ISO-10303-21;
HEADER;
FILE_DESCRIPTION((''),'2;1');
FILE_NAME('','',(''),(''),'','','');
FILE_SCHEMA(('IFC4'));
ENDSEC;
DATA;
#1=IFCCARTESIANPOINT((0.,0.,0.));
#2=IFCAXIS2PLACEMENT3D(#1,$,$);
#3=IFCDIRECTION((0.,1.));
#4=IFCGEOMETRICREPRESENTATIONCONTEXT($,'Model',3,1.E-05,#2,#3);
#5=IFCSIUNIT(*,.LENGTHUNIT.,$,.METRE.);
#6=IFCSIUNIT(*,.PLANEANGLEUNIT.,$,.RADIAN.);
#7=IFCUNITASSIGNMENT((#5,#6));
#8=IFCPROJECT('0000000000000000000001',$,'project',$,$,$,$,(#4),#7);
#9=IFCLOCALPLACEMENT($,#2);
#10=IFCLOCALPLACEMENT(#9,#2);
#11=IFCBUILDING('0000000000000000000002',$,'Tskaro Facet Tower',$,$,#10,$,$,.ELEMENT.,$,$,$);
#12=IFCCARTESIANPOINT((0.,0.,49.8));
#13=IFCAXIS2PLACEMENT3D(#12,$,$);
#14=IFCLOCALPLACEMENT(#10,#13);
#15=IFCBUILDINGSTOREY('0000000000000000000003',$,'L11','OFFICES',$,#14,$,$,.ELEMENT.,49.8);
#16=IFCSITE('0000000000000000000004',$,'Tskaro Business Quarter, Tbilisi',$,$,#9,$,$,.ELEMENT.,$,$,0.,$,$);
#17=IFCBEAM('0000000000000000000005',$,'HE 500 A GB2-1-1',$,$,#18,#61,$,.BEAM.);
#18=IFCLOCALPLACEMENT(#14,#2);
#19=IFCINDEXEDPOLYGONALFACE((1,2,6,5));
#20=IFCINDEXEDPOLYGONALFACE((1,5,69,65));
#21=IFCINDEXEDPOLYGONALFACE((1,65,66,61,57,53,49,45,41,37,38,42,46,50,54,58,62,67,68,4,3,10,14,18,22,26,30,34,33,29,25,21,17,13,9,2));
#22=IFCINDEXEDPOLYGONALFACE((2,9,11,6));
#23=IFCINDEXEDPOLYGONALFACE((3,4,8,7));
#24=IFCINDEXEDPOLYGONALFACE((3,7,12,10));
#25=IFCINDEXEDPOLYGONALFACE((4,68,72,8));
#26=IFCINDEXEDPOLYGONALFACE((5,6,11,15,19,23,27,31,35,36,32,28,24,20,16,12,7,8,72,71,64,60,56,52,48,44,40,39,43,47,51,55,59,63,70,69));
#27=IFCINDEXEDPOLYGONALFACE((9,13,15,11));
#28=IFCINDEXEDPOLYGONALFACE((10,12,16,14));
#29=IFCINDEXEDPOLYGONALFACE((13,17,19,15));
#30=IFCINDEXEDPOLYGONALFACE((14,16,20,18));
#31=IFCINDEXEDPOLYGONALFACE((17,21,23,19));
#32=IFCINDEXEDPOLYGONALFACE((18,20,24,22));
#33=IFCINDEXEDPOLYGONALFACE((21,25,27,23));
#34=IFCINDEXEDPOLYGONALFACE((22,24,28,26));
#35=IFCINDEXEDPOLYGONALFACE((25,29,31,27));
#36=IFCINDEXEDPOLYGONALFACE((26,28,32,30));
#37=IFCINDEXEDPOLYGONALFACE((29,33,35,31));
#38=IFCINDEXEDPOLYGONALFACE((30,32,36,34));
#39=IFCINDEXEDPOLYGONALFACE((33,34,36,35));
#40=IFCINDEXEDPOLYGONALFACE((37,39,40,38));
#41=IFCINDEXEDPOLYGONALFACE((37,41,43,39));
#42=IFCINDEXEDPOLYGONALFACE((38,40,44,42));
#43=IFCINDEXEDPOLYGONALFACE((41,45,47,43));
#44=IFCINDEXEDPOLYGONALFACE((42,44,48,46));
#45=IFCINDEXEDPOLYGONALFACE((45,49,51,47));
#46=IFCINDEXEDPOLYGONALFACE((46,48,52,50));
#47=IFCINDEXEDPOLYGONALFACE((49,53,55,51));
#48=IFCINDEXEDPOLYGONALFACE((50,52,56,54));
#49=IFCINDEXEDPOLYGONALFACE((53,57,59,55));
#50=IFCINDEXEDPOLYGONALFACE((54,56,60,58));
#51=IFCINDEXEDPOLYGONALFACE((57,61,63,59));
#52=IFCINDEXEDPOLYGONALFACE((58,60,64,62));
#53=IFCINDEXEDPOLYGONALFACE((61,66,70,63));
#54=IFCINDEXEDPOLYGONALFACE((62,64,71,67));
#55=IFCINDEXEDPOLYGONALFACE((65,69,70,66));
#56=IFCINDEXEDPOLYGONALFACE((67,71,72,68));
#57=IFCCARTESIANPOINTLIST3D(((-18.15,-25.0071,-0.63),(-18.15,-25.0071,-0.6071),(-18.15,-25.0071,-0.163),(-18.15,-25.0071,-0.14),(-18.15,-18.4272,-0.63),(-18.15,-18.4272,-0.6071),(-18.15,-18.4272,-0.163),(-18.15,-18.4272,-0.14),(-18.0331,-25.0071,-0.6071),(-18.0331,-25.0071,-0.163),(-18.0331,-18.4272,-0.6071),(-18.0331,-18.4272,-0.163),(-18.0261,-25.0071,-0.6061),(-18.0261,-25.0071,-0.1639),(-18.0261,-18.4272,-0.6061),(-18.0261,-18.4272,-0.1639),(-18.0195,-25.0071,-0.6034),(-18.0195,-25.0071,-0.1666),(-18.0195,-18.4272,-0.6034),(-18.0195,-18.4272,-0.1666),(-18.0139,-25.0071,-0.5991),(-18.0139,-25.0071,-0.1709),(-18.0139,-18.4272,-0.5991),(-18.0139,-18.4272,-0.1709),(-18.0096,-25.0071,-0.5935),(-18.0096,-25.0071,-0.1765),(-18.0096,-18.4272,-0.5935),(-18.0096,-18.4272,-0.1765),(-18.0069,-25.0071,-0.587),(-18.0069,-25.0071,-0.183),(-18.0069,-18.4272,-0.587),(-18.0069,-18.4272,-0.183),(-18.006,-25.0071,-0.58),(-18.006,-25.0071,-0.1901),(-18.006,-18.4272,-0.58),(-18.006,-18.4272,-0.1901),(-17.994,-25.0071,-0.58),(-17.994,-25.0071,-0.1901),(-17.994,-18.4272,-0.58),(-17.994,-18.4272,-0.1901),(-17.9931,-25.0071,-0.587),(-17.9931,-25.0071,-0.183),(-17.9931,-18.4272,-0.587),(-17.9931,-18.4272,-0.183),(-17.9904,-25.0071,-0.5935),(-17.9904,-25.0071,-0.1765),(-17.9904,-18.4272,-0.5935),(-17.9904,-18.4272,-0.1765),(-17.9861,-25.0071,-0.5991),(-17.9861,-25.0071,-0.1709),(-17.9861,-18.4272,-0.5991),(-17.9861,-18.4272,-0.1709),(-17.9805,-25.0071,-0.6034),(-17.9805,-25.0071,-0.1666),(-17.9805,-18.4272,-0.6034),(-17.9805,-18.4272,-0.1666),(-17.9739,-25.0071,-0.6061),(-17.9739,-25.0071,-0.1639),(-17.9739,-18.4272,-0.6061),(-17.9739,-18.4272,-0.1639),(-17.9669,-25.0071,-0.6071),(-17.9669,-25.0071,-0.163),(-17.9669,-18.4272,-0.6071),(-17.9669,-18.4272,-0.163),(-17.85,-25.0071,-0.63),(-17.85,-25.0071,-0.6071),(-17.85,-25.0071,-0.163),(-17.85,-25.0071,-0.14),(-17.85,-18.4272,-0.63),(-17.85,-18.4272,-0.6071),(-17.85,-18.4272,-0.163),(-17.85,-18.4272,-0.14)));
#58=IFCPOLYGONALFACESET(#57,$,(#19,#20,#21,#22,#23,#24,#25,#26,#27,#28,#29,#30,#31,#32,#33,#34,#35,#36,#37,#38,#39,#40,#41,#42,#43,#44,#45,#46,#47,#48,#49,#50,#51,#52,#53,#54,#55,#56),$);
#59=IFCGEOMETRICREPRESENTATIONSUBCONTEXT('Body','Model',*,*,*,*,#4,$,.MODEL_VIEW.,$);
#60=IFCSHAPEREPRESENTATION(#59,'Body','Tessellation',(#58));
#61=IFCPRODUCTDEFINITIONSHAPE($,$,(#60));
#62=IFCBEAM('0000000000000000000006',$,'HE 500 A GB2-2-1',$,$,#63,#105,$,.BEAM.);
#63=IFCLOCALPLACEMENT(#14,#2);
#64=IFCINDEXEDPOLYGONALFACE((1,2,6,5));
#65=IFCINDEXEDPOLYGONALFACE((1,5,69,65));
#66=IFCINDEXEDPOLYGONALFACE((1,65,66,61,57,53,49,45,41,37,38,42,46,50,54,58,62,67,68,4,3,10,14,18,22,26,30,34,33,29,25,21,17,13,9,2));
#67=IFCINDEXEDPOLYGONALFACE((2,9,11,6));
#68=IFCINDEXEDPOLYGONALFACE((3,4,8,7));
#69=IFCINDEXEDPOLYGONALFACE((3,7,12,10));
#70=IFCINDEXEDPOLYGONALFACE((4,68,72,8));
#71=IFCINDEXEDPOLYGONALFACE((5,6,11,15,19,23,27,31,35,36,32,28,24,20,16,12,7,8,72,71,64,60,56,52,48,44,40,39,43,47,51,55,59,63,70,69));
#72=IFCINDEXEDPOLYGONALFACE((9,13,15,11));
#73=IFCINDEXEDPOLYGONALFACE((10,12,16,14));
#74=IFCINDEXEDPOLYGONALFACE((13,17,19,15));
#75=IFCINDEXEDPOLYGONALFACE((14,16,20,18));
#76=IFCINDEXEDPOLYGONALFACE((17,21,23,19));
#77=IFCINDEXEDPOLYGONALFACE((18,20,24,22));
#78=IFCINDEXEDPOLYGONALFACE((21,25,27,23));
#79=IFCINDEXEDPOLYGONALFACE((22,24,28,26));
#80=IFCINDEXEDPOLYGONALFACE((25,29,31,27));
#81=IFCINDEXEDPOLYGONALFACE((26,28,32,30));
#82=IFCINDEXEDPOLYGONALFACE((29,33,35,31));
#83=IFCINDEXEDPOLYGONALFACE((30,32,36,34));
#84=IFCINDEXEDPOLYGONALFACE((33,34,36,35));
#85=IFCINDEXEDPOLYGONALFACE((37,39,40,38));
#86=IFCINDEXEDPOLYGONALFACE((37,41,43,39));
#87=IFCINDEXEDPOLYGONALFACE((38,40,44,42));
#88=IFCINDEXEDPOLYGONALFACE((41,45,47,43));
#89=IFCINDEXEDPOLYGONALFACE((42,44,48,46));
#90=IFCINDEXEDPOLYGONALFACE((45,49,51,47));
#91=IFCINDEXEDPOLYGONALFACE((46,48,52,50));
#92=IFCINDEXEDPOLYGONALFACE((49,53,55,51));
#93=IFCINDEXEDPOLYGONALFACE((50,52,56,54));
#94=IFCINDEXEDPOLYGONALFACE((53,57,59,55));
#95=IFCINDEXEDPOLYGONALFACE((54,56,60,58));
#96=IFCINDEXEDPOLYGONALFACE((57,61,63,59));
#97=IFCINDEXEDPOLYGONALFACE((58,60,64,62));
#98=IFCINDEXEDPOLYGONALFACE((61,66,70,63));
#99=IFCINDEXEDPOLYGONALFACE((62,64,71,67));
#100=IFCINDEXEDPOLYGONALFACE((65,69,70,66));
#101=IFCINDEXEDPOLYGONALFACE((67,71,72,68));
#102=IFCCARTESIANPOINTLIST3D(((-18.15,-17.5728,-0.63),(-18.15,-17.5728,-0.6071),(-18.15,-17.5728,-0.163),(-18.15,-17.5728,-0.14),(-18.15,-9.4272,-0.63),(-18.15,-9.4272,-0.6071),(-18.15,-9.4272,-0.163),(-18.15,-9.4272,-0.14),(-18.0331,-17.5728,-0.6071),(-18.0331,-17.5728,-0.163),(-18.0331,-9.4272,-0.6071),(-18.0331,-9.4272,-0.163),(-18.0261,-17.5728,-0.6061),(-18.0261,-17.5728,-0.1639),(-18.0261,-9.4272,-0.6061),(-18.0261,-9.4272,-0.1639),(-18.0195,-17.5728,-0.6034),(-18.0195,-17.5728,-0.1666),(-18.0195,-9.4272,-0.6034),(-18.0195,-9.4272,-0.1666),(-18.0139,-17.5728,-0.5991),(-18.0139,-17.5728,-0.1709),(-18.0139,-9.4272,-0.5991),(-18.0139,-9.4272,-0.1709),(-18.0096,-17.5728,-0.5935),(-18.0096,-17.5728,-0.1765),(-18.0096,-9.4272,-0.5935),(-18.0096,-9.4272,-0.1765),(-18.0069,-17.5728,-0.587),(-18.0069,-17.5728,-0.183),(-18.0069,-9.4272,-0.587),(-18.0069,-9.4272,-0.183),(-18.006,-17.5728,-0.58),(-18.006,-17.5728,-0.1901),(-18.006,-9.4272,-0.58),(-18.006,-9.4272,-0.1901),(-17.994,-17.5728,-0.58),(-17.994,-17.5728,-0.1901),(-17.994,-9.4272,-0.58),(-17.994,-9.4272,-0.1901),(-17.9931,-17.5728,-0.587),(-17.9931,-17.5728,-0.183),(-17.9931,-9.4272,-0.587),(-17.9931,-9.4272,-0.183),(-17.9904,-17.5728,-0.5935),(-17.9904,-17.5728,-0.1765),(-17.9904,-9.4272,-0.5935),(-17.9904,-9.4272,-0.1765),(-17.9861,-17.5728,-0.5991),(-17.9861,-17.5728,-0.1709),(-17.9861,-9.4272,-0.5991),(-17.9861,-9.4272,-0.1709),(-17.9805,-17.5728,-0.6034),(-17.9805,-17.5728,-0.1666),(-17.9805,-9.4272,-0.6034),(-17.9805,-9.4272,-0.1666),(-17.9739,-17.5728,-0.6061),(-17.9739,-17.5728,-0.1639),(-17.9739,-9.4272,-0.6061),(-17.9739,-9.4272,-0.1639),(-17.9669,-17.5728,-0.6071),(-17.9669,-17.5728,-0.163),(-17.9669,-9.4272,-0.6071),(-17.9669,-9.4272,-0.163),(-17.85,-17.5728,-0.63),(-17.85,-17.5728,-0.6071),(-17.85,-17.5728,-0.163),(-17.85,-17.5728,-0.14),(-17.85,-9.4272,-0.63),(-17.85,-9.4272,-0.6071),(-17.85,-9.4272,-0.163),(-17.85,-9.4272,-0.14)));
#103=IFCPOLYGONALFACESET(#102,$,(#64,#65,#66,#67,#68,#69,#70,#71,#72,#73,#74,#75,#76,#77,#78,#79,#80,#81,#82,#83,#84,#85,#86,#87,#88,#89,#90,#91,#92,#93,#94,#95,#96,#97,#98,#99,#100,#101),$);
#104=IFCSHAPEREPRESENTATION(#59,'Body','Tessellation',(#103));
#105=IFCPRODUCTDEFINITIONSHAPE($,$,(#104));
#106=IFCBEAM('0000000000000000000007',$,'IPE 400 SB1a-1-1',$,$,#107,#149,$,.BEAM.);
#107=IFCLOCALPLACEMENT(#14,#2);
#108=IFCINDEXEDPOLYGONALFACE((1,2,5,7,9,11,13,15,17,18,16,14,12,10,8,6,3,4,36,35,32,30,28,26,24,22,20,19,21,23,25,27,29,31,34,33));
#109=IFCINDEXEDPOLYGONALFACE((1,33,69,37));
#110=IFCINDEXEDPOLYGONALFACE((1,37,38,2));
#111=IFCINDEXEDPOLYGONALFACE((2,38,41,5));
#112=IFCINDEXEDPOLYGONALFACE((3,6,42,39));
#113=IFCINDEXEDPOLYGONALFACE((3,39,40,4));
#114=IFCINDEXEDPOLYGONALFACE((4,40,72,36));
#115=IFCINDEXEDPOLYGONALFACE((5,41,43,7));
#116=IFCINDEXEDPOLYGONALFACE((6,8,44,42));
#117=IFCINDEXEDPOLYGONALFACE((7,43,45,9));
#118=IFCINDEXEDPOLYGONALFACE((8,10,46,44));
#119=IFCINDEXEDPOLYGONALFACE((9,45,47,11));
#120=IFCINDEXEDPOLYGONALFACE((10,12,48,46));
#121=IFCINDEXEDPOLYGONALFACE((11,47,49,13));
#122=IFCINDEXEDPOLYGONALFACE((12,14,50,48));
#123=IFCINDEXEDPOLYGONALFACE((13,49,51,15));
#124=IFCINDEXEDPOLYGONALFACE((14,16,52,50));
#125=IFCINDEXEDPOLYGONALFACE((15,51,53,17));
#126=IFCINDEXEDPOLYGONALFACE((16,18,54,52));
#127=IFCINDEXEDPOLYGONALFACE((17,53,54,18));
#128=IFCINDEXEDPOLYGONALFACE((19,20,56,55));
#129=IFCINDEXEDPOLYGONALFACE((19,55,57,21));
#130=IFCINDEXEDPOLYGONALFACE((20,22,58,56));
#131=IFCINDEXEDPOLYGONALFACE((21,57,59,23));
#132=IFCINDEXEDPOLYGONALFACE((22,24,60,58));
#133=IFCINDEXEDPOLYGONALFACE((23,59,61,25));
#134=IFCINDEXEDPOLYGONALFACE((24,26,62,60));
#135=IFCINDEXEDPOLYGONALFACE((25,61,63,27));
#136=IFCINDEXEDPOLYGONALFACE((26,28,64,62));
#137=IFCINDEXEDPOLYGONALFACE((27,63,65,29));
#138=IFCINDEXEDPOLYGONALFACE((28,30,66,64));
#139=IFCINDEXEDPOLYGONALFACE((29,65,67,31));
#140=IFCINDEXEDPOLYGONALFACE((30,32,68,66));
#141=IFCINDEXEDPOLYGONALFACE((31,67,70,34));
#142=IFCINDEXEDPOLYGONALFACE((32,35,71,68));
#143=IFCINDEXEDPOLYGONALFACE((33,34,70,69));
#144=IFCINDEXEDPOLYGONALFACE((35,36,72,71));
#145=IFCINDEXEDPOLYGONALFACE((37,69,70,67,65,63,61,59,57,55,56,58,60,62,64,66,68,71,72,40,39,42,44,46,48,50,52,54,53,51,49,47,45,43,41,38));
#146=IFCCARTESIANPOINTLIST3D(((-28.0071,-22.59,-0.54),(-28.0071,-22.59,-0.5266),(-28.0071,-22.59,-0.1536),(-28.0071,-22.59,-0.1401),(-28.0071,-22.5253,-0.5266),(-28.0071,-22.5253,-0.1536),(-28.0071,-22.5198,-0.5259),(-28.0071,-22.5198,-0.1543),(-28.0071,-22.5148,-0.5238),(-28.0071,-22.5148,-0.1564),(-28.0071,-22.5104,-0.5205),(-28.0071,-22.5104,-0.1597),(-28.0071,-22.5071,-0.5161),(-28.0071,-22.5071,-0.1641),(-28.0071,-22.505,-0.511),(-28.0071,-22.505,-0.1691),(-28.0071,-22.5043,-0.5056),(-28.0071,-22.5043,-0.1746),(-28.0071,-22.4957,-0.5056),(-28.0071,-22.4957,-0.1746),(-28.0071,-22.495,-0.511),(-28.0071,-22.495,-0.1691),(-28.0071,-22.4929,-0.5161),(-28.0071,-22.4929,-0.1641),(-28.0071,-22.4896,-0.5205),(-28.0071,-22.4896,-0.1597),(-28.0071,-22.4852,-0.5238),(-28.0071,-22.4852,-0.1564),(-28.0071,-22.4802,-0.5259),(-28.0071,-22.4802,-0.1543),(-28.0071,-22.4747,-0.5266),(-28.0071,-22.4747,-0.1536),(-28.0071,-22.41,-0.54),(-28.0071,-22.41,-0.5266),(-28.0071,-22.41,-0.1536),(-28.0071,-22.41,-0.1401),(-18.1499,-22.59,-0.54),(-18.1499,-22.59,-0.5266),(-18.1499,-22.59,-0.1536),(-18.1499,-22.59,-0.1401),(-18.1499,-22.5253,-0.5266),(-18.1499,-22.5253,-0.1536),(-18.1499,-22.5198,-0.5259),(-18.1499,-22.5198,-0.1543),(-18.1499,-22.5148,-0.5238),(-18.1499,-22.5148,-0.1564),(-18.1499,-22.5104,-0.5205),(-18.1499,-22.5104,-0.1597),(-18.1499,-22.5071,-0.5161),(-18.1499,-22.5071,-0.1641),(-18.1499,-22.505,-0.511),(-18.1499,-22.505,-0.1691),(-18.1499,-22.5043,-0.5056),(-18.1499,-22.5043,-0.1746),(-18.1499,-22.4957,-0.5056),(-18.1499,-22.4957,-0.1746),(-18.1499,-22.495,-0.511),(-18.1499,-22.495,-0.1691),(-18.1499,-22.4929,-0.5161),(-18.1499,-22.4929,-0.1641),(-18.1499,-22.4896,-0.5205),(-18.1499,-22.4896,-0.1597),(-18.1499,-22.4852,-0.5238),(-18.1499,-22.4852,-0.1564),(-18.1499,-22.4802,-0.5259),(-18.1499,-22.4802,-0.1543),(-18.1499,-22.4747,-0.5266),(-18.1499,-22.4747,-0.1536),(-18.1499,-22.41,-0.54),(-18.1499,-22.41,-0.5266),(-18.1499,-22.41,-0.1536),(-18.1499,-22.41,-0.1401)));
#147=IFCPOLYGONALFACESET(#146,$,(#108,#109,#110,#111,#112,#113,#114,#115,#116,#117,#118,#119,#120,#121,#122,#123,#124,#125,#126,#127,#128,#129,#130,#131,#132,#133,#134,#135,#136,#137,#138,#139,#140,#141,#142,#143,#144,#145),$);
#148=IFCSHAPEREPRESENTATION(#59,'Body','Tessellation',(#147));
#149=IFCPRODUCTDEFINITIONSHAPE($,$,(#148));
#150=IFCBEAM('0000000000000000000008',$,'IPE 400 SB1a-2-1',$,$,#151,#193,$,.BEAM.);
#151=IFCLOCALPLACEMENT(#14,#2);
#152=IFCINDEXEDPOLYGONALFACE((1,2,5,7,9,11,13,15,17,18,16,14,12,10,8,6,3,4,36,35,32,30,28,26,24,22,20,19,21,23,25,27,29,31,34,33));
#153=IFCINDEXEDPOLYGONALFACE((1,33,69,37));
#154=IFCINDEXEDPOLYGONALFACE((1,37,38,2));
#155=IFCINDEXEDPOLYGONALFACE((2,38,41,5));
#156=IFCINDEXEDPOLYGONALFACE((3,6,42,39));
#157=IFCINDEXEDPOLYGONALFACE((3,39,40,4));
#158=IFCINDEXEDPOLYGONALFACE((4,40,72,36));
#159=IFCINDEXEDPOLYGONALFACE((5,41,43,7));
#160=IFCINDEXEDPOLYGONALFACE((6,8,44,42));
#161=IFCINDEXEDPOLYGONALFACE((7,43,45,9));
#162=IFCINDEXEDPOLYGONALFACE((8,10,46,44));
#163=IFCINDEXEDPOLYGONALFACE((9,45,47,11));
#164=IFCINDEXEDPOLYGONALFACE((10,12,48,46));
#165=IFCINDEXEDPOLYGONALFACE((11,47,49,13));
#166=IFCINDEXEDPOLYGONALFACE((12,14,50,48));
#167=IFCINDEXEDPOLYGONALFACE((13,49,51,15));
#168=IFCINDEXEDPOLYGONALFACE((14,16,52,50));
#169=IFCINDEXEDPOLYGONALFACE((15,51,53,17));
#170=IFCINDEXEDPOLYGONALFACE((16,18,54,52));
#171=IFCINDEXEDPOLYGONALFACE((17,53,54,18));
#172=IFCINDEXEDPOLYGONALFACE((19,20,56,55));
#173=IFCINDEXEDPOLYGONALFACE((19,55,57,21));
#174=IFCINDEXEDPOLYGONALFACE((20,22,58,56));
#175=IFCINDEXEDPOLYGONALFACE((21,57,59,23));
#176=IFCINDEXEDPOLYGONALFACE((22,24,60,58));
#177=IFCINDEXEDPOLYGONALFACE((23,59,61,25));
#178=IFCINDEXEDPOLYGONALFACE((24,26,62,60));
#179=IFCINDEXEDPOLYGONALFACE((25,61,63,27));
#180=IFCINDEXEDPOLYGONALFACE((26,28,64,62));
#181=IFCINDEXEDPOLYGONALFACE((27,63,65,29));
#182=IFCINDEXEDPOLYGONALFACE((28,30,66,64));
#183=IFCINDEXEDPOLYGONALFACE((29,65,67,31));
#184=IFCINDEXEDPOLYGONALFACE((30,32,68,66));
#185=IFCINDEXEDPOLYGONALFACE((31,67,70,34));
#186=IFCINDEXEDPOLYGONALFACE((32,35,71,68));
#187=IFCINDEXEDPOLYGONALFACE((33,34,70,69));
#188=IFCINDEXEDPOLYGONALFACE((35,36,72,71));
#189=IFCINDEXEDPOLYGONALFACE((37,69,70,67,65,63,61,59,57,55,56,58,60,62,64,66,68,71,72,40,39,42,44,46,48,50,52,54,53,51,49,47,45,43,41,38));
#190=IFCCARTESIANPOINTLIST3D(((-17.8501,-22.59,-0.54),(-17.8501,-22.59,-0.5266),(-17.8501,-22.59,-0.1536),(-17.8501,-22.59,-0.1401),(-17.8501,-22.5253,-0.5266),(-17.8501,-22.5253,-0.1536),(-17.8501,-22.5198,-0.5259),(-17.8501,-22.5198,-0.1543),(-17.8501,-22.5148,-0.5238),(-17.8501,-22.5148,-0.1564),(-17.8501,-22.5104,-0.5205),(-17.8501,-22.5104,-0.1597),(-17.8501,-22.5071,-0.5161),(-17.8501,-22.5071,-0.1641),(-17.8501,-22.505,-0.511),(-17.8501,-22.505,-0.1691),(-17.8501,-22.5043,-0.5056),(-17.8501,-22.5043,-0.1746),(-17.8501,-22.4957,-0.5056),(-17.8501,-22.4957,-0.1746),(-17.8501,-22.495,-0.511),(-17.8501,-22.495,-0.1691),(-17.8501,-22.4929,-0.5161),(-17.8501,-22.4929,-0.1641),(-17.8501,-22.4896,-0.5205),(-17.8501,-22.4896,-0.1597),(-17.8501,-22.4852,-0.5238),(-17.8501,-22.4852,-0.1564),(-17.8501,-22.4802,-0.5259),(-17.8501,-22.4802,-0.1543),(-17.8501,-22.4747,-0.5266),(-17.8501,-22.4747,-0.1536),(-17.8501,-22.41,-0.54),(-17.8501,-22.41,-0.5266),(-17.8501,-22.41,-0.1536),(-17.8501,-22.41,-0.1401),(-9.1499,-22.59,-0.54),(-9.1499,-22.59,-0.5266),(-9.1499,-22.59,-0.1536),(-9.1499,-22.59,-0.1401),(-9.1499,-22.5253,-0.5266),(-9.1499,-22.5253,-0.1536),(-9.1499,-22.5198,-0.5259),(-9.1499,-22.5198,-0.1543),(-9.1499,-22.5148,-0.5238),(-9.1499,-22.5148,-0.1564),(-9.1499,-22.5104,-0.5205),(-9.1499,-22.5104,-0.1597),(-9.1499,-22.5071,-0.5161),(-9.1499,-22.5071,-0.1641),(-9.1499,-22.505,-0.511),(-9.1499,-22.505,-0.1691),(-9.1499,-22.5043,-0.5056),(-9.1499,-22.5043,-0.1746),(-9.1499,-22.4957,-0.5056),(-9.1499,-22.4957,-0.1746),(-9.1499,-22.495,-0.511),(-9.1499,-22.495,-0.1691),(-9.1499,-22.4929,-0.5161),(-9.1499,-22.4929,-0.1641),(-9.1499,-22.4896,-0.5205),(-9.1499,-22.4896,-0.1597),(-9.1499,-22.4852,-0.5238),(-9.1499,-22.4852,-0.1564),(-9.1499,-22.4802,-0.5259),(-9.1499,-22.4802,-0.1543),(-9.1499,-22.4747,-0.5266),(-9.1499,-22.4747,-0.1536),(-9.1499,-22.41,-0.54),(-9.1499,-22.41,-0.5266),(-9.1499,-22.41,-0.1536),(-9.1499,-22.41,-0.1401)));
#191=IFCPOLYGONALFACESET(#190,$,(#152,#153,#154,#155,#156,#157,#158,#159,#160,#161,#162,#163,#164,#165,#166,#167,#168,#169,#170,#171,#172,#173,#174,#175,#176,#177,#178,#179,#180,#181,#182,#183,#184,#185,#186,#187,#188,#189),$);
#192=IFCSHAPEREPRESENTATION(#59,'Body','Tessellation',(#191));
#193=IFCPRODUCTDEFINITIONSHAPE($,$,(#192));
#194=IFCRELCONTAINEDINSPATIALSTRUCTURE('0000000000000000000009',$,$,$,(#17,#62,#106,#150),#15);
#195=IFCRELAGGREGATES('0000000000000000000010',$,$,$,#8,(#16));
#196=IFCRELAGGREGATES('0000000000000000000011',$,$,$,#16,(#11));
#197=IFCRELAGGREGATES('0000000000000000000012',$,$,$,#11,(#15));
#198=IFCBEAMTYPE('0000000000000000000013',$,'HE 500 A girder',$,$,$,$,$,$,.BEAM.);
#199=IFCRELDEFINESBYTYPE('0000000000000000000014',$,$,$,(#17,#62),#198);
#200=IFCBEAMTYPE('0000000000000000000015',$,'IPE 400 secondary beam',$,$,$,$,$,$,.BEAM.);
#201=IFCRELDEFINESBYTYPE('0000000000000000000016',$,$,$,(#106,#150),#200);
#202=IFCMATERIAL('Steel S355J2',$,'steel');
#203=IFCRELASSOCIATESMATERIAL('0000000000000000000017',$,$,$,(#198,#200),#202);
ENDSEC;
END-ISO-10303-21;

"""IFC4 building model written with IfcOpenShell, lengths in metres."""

from ifc_helpers import new_model, si_unit, direction, frame, origin, origin_2d, place, context, subcontext, project, spatial, i_section, extrude, material, material_profile, profile_set, type_object, element, save


model = new_model("IFC4")

# Units and contexts
model_context = context("Model", 3, precision=1e-05, world=origin(), true_north=direction((0.0, 1.0)))
body_context = subcontext(model_context, "Body", "Model", "MODEL_VIEW")
ifc_project = project(units=[si_unit("LENGTHUNIT", "METRE"), si_unit("PLANEANGLEUNIT", "RADIAN")], contexts=[model_context])

# Site, building, storey
site_placement = place(None, origin())
site = spatial("IfcSite", under=ifc_project, at=site_placement, Name="Tskaro Business Quarter, Tbilisi", CompositionType="ELEMENT", RefElevation=0.0)
building_placement = place(site_placement, origin())
building = spatial("IfcBuilding", under=site, at=building_placement, Name="Tskaro Facet Tower", CompositionType="ELEMENT")
storey_placement = place(building_placement, frame((0.0, 0.0, 49.8)))
storey = spatial("IfcBuildingStorey", under=building, at=storey_placement, Name="L11", Description="OFFICES", CompositionType="ELEMENT", Elevation=49.8)

# Beams
ifc_material_1 = material(Name="Steel S355J2", Category="steel")
ifc_material_profile_1 = material_profile(ifc_material_1, i_section(OverallWidth=0.3, OverallDepth=0.49, WebThickness=0.012, FlangeThickness=0.0229, FilletRadius=0.0271, at=origin_2d()), Name="HE 500 A")
ifc_profile_set_1 = profile_set([ifc_material_profile_1], Name="Steel S355J2")
beam_type_1 = type_object("IfcBeamType", Name="HE 500 A girder", PredefinedType="BEAM", material=ifc_profile_set_1)
beam_1_placement = place(storey_placement, frame((-18.0, -25.0071, -0.385), z_axis=(0.0, 1.0, 0.0), x_axis=(-1.0, 0.0, 0.0)))
element("IfcBeam", 1, at=beam_1_placement, inside=storey, type_object=beam_type_1, Name="HE 500 A GB2-1-1", PredefinedType="BEAM", context=body_context, shape_type="SweptSolid", body=[
    extrude(i_section(OverallWidth=0.3, OverallDepth=0.49, WebThickness=0.012, FlangeThickness=0.0229, FilletRadius=0.0271, at=origin_2d()), origin(), (0.0, 0.0, 1.0), 6.5798),
])
beam_2_placement = place(storey_placement, frame((-18.0, -17.5728, -0.385), z_axis=(0.0, 1.0, 0.0), x_axis=(-1.0, 0.0, 0.0)))
element("IfcBeam", 2, at=beam_2_placement, inside=storey, type_object=beam_type_1, Name="HE 500 A GB2-2-1", PredefinedType="BEAM", context=body_context, shape_type="SweptSolid", body=[
    extrude(i_section(OverallWidth=0.3, OverallDepth=0.49, WebThickness=0.012, FlangeThickness=0.0229, FilletRadius=0.0271, at=origin_2d()), origin(), (0.0, 0.0, 1.0), 8.1455),
])
ifc_material_profile_2 = material_profile(ifc_material_1, i_section(OverallWidth=0.1799, OverallDepth=0.3999, WebThickness=0.0085, FlangeThickness=0.0134, FilletRadius=0.021, at=origin_2d()), Name="IPE 400")
ifc_profile_set_2 = profile_set([ifc_material_profile_2], Name="Steel S355J2")
beam_type_2 = type_object("IfcBeamType", Name="IPE 400 secondary beam", PredefinedType="BEAM", material=ifc_profile_set_2)
beam_3_placement = place(storey_placement, frame((-28.0071, -22.5, -0.3401), z_axis=(1.0, 0.0, 0.0), x_axis=(0.0, 1.0, 0.0)))
element("IfcBeam", 3, at=beam_3_placement, inside=storey, type_object=beam_type_2, Name="IPE 400 SB1a-1-1", PredefinedType="BEAM", context=body_context, shape_type="SweptSolid", body=[
    extrude(i_section(OverallWidth=0.1799, OverallDepth=0.3999, WebThickness=0.0085, FlangeThickness=0.0134, FilletRadius=0.021, at=origin_2d()), origin(), (0.0, 0.0, 1.0), 9.8572),
])
beam_4_placement = place(storey_placement, frame((-17.8501, -22.5, -0.3401), z_axis=(1.0, 0.0, 0.0), x_axis=(0.0, 1.0, 0.0)))
element("IfcBeam", 4, at=beam_4_placement, inside=storey, type_object=beam_type_2, Name="IPE 400 SB1a-2-1", PredefinedType="BEAM", context=body_context, shape_type="SweptSolid", body=[
    extrude(i_section(OverallWidth=0.1799, OverallDepth=0.3999, WebThickness=0.0085, FlangeThickness=0.0134, FilletRadius=0.021, at=origin_2d()), origin(), (0.0, 0.0, 1.0), 8.7002),
])

save(model, "model.ifc")
